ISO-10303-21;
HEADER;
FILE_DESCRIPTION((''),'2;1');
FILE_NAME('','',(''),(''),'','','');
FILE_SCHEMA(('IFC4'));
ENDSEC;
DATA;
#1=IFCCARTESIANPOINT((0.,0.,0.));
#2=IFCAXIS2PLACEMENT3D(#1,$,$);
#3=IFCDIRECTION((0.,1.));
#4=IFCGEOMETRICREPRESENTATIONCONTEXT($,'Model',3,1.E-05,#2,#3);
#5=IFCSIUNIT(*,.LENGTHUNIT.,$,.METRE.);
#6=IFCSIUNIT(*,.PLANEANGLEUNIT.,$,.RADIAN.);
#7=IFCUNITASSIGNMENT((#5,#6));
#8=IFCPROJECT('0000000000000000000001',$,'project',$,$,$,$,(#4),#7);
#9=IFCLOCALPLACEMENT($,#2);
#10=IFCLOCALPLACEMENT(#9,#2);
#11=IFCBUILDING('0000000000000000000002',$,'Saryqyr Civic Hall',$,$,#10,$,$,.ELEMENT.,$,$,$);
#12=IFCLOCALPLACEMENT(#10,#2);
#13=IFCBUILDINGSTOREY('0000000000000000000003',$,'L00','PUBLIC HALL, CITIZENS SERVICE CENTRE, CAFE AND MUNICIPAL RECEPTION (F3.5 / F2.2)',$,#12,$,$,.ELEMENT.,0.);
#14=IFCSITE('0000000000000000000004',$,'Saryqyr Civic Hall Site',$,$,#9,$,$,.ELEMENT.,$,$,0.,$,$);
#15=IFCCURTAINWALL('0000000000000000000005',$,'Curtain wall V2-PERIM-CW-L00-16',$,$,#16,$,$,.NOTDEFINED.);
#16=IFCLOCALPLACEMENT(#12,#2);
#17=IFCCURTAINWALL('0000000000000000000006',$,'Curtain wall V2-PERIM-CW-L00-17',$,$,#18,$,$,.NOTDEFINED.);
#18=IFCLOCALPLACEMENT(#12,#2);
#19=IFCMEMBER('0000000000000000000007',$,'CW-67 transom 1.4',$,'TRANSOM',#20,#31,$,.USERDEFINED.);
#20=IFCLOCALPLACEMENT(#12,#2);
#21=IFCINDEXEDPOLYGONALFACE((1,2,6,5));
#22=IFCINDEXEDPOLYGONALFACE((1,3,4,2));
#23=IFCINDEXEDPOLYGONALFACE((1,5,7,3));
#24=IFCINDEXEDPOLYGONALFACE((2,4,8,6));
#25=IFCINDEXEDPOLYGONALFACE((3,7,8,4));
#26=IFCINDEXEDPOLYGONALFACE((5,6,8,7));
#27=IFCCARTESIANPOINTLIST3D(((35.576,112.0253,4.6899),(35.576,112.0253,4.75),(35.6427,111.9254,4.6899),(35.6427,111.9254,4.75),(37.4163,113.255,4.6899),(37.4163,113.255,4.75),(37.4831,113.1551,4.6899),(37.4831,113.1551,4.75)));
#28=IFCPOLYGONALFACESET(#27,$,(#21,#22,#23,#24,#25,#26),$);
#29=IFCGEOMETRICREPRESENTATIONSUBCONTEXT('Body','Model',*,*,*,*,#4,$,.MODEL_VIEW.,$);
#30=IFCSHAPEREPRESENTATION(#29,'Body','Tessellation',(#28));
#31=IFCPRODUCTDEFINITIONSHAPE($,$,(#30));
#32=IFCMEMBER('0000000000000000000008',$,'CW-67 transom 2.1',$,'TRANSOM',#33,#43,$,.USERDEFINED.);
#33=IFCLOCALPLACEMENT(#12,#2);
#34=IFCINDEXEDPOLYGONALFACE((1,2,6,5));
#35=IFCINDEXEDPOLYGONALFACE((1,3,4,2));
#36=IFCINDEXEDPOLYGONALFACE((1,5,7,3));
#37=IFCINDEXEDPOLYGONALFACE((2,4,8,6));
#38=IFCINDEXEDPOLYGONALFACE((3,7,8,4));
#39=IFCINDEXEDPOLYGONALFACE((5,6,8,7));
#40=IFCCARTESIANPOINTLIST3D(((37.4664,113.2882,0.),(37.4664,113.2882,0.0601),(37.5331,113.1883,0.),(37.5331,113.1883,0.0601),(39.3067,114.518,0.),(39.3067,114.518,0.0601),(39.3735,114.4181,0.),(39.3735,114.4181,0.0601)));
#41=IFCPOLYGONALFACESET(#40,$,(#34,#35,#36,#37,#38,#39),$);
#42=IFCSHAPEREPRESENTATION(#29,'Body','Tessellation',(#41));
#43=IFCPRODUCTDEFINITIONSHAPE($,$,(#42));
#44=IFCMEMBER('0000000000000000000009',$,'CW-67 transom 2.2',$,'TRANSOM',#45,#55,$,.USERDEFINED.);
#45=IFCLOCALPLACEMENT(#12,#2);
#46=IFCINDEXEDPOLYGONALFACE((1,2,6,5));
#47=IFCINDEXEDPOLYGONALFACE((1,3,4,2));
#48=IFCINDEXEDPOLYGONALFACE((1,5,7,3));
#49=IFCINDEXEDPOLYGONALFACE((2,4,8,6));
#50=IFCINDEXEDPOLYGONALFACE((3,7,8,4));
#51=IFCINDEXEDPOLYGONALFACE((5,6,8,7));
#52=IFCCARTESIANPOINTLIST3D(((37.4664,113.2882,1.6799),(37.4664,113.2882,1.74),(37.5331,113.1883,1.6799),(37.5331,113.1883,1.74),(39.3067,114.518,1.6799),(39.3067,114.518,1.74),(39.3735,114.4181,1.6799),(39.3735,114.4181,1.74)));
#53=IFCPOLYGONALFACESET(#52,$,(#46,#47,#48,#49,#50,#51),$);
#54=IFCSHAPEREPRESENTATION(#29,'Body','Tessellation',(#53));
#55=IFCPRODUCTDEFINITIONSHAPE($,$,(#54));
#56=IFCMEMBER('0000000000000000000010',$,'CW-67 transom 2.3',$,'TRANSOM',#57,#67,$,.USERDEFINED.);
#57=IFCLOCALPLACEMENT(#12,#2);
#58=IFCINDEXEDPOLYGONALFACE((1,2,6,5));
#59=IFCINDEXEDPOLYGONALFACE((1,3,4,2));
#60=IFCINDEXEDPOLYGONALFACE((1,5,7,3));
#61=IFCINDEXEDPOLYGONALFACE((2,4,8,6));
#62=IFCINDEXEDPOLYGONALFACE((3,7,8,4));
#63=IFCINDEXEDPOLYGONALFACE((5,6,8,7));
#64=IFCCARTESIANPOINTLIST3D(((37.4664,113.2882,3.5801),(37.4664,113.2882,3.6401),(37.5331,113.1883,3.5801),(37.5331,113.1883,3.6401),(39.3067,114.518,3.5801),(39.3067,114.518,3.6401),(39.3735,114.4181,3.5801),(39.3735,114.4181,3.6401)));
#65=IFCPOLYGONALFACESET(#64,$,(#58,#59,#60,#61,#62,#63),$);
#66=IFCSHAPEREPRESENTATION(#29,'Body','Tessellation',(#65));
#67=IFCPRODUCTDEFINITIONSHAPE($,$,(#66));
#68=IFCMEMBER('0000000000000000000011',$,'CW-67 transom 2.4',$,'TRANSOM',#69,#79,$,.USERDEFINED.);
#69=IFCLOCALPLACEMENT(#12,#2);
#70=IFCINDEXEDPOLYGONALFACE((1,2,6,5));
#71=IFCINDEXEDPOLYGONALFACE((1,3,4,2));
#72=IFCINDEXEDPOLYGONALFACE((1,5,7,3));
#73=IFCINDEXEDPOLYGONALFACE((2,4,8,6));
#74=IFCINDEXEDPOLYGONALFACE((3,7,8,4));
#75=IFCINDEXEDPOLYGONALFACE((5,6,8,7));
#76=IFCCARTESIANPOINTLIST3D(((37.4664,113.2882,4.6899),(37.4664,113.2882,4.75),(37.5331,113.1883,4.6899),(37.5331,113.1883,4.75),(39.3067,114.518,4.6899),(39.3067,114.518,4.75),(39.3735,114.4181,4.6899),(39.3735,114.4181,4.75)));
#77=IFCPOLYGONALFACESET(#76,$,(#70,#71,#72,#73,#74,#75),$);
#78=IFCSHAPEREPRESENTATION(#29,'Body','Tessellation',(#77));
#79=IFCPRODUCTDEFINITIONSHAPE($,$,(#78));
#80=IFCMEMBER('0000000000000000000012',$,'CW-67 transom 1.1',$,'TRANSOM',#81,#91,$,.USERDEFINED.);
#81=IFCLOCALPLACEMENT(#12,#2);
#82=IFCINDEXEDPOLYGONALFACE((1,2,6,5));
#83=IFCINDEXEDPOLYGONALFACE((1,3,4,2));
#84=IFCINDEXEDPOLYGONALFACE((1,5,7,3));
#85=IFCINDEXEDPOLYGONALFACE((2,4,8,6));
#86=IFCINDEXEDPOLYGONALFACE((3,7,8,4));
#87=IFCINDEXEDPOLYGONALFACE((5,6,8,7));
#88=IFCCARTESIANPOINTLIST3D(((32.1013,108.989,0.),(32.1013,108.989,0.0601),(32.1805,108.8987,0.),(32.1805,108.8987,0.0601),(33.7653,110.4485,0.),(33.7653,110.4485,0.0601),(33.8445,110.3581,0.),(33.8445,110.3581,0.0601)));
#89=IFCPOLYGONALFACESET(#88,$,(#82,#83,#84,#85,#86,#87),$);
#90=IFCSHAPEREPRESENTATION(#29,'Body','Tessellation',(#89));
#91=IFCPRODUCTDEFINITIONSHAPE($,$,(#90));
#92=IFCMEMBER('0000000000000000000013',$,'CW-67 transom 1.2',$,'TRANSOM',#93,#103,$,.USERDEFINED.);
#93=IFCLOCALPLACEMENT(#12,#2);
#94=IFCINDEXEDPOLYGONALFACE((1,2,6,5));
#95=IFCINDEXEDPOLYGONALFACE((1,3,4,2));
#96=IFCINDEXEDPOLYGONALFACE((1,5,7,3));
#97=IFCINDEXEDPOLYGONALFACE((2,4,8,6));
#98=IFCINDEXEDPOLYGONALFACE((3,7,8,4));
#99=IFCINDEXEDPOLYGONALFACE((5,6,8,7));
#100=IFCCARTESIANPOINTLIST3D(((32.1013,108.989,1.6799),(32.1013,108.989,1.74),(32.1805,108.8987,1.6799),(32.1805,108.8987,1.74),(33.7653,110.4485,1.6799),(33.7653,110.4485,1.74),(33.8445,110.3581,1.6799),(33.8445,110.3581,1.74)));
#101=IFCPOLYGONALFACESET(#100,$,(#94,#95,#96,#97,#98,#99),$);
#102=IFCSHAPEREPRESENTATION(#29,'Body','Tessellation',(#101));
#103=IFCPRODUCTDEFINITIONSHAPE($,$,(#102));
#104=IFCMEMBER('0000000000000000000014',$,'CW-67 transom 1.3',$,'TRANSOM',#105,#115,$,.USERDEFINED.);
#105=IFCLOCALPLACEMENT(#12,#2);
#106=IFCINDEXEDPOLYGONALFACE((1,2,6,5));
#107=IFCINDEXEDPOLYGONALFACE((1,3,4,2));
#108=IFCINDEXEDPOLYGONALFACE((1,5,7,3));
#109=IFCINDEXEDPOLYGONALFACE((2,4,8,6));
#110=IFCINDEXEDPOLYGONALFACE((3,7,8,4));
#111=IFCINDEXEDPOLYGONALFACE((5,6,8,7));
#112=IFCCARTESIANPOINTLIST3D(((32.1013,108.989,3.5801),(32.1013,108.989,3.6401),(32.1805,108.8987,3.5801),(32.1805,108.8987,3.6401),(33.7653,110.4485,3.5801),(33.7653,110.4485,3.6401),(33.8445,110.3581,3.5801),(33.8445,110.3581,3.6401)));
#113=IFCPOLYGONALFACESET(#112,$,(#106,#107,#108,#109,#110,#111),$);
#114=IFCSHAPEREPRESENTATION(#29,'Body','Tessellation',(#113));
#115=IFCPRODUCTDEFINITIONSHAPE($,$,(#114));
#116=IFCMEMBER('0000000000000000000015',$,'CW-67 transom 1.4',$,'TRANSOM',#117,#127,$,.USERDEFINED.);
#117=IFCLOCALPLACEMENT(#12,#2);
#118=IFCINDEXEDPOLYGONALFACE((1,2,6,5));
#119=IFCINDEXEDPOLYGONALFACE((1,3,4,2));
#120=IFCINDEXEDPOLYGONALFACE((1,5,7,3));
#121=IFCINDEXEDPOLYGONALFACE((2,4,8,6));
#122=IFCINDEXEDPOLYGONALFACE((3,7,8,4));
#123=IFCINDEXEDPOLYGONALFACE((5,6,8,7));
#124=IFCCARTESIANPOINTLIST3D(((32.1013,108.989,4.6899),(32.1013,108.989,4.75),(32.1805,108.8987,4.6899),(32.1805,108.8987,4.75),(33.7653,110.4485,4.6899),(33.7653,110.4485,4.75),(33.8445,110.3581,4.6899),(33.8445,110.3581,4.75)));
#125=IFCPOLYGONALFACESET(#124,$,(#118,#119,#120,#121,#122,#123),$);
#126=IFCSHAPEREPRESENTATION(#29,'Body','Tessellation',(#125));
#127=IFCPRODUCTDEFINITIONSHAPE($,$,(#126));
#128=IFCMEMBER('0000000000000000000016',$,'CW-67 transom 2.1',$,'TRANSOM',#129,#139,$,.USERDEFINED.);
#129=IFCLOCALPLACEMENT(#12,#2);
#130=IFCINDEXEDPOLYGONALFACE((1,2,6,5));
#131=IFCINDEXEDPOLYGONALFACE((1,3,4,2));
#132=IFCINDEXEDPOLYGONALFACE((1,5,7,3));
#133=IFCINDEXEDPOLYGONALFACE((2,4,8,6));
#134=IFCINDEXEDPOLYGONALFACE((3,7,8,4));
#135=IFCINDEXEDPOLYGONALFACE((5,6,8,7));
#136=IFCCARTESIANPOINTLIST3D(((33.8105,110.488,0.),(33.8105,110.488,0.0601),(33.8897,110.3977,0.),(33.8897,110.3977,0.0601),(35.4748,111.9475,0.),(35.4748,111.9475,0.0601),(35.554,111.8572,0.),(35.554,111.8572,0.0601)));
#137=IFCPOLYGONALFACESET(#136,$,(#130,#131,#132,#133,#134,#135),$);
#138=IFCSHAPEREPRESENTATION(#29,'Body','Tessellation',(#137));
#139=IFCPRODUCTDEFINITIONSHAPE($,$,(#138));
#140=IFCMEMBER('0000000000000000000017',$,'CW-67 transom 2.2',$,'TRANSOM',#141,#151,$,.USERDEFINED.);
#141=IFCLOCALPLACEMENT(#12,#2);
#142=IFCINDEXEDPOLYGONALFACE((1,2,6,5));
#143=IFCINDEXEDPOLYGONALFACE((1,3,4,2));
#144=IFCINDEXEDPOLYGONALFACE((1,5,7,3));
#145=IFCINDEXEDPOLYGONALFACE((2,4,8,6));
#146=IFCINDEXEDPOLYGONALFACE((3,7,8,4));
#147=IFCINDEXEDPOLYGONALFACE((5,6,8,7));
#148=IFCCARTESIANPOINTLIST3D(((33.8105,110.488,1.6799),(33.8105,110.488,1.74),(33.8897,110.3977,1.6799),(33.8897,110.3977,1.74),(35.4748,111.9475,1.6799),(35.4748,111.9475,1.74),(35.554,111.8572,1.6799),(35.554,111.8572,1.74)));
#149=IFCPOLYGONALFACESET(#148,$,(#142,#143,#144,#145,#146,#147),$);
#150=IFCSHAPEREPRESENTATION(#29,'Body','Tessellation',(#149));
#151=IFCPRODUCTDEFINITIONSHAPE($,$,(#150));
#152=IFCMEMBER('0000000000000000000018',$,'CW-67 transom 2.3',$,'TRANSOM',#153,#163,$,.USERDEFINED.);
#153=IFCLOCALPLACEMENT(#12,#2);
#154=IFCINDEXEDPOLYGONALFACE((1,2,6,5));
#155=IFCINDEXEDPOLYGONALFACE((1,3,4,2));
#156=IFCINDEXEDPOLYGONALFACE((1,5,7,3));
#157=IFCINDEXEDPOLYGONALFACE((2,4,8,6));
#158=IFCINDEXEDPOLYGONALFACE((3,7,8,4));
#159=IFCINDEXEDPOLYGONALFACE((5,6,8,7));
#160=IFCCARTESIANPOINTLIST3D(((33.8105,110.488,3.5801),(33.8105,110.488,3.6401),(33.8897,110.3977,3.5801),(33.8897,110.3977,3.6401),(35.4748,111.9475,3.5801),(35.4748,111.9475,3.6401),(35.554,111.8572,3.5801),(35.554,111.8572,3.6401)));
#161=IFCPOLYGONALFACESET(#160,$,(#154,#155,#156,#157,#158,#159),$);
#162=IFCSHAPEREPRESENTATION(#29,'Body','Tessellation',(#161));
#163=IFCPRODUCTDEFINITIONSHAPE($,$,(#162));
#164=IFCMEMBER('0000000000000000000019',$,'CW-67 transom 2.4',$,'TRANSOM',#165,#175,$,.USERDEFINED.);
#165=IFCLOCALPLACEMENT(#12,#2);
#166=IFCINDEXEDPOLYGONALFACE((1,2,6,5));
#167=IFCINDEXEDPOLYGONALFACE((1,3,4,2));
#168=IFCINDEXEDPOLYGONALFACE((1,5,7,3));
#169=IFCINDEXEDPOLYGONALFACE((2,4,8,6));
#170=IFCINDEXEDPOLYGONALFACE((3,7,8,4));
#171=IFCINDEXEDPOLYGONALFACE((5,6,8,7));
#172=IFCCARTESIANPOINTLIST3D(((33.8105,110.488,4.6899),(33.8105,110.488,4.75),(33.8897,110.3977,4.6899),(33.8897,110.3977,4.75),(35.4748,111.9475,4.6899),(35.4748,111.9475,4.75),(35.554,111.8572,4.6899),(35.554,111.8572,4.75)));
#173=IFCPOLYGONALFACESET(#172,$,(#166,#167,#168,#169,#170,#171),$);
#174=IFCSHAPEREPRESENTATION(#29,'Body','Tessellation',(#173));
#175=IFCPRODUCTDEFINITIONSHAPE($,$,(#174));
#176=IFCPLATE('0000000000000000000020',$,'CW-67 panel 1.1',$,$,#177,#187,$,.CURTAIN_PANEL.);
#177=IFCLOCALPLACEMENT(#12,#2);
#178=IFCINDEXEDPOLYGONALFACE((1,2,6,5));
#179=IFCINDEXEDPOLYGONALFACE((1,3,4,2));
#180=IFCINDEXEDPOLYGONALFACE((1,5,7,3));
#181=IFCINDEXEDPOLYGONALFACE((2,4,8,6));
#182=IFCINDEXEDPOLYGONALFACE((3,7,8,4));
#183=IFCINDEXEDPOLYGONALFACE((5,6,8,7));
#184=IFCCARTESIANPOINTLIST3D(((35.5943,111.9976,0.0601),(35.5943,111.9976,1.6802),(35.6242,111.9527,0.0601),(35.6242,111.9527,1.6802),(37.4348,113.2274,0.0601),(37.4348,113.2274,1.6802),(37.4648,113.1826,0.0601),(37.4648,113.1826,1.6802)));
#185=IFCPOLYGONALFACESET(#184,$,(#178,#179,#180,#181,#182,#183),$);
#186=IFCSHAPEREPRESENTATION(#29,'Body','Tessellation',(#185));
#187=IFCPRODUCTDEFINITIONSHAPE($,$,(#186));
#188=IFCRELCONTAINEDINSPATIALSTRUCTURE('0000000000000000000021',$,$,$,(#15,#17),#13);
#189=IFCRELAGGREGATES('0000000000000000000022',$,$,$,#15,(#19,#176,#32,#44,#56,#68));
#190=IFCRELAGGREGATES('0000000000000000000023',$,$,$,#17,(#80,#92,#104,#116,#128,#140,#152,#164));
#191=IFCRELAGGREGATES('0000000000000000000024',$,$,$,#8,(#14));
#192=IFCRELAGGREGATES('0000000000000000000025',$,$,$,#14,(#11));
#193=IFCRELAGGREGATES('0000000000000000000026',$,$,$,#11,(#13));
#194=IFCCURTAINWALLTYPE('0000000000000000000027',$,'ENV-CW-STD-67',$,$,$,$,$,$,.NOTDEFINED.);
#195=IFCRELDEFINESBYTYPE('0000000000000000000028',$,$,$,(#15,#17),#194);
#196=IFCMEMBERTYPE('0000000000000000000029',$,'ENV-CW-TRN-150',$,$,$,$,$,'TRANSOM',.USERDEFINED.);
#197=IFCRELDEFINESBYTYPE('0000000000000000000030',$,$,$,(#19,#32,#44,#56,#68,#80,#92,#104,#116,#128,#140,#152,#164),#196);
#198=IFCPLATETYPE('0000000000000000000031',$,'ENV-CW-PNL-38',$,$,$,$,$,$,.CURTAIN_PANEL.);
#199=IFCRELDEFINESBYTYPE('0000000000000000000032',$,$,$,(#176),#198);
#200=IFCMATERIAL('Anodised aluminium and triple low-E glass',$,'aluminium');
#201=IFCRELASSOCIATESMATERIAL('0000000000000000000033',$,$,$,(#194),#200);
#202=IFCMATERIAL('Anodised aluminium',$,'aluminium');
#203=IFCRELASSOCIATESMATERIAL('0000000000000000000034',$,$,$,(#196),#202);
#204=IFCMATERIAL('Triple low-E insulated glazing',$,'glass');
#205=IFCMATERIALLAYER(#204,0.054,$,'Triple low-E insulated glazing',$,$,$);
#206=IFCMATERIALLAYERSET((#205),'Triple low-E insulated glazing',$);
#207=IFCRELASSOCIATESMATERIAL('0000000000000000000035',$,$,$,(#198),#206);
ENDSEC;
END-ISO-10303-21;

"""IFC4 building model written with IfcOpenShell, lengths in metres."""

from ifc_helpers import new_model, si_unit, direction, frame, origin, origin_2d, place, context, subcontext, project, spatial, rectangle, extrude, material, layer, layer_set, material_profile, profile_set, type_object, element, aggregate, save


model = new_model("IFC4")

# Units and contexts
model_context = context("Model", 3, precision=1e-05, world=origin(), true_north=direction((0.0, 1.0)))
body_context = subcontext(model_context, "Body", "Model", "MODEL_VIEW")
ifc_project = project(units=[si_unit("LENGTHUNIT", "METRE"), si_unit("PLANEANGLEUNIT", "RADIAN")], contexts=[model_context])

# Site, building, storey
site_placement = place(None, origin())
site = spatial("IfcSite", under=ifc_project, at=site_placement, Name="Saryqyr Civic Hall Site", CompositionType="ELEMENT", RefElevation=0.0)
building_placement = place(site_placement, origin())
building = spatial("IfcBuilding", under=site, at=building_placement, Name="Saryqyr Civic Hall", CompositionType="ELEMENT")
storey_placement = place(building_placement, origin())
storey = spatial("IfcBuildingStorey", under=building, at=storey_placement, Name="L00", Description="PUBLIC HALL, CITIZENS SERVICE CENTRE, CAFE AND MUNICIPAL RECEPTION (F3.5 / F2.2)", CompositionType="ELEMENT", Elevation=0.0)

# Shared definitions
ifc_material_1 = material(Name="Anodised aluminium and triple low-E glass", Category="aluminium")
curtain_wall_type_1 = type_object("IfcCurtainWallType", Name="ENV-CW-STD-67", PredefinedType="NOTDEFINED", material=ifc_material_1)
ifc_material_2 = material(Name="Anodised aluminium", Category="aluminium")

# Curtain walls
curtain_wall_1_placement = place(storey_placement, origin())
curtain_wall_1 = element("IfcCurtainWall", 1, at=curtain_wall_1_placement, inside=storey, type_object=curtain_wall_type_1, Name="Curtain wall V2-PERIM-CW-L00-16", PredefinedType="NOTDEFINED")
curtain_wall_2_placement = place(storey_placement, origin())
curtain_wall_2 = element("IfcCurtainWall", 2, at=curtain_wall_2_placement, inside=storey, type_object=curtain_wall_type_1, Name="Curtain wall V2-PERIM-CW-L00-17", PredefinedType="NOTDEFINED")

# Members
ifc_material_profile_1 = material_profile(ifc_material_2, rectangle(XDim=0.1201, YDim=0.0601, at=origin_2d()), Name="ALU TRANSOM 120x60")
ifc_profile_set_1 = profile_set([ifc_material_profile_1], Name="Anodised aluminium")
member_type_1 = type_object("IfcMemberType", Name="ENV-CW-TRN-150", ElementType="TRANSOM", PredefinedType="USERDEFINED", material=ifc_profile_set_1)
member_1_placement = place(storey_placement, frame((35.6094, 111.9753, 4.72), z_axis=(0.831456, 0.555591, 0.0), x_axis=(-0.555591, 0.831456, 0.0)))
member_1 = element("IfcMember", 3, at=member_1_placement, type_object=member_type_1, Name="CW-67 transom 1.4", ObjectType="TRANSOM", PredefinedType="USERDEFINED", context=body_context, shape_type="SweptSolid", body=[
    extrude(rectangle(XDim=0.1201, YDim=0.0601, at=origin_2d()), origin(), (0.0, 0.0, 1.0), 2.2134),
])
member_2_placement = place(storey_placement, frame((37.4998, 113.2383, 0.03), z_axis=(0.831456, 0.555591, 0.0), x_axis=(-0.555591, 0.831456, 0.0)))
member_2 = element("IfcMember", 4, at=member_2_placement, type_object=member_type_1, Name="CW-67 transom 2.1", ObjectType="TRANSOM", PredefinedType="USERDEFINED", context=body_context, shape_type="SweptSolid", body=[
    extrude(rectangle(XDim=0.1201, YDim=0.0601, at=origin_2d()), origin(), (0.0, 0.0, 1.0), 2.2134),
])
member_3_placement = place(storey_placement, frame((37.4998, 113.2383, 1.71), z_axis=(0.831456, 0.555591, 0.0), x_axis=(-0.555591, 0.831456, 0.0)))
member_3 = element("IfcMember", 5, at=member_3_placement, type_object=member_type_1, Name="CW-67 transom 2.2", ObjectType="TRANSOM", PredefinedType="USERDEFINED", context=body_context, shape_type="SweptSolid", body=[
    extrude(rectangle(XDim=0.1201, YDim=0.0601, at=origin_2d()), origin(), (0.0, 0.0, 1.0), 2.2134),
])
member_4_placement = place(storey_placement, frame((37.4998, 113.2383, 3.6101), z_axis=(0.831456, 0.555591, 0.0), x_axis=(-0.555591, 0.831456, 0.0)))
member_4 = element("IfcMember", 6, at=member_4_placement, type_object=member_type_1, Name="CW-67 transom 2.3", ObjectType="TRANSOM", PredefinedType="USERDEFINED", context=body_context, shape_type="SweptSolid", body=[
    extrude(rectangle(XDim=0.1201, YDim=0.0601, at=origin_2d()), origin(), (0.0, 0.0, 1.0), 2.2134),
])
member_5_placement = place(storey_placement, frame((37.4998, 113.2383, 4.72), z_axis=(0.831456, 0.555591, 0.0), x_axis=(-0.555591, 0.831456, 0.0)))
member_5 = element("IfcMember", 7, at=member_5_placement, type_object=member_type_1, Name="CW-67 transom 2.4", ObjectType="TRANSOM", PredefinedType="USERDEFINED", context=body_context, shape_type="SweptSolid", body=[
    extrude(rectangle(XDim=0.1201, YDim=0.0601, at=origin_2d()), origin(), (0.0, 0.0, 1.0), 2.2134),
])
member_6_placement = place(storey_placement, frame((32.1409, 108.9438, 0.03), z_axis=(0.751811, 0.659379, 0.0), x_axis=(-0.659379, 0.751811, 0.0)))
member_6 = element("IfcMember", 8, at=member_6_placement, type_object=member_type_1, Name="CW-67 transom 1.1", ObjectType="TRANSOM", PredefinedType="USERDEFINED", context=body_context, shape_type="SweptSolid", body=[
    extrude(rectangle(XDim=0.1201, YDim=0.0601, at=origin_2d()), origin(), (0.0, 0.0, 1.0), 2.2134),
])
member_7_placement = place(storey_placement, frame((32.1409, 108.9438, 1.71), z_axis=(0.751811, 0.659379, 0.0), x_axis=(-0.659379, 0.751811, 0.0)))
member_7 = element("IfcMember", 9, at=member_7_placement, type_object=member_type_1, Name="CW-67 transom 1.2", ObjectType="TRANSOM", PredefinedType="USERDEFINED", context=body_context, shape_type="SweptSolid", body=[
    extrude(rectangle(XDim=0.1201, YDim=0.0601, at=origin_2d()), origin(), (0.0, 0.0, 1.0), 2.2134),
])
member_8_placement = place(storey_placement, frame((32.1409, 108.9438, 3.6101), z_axis=(0.751811, 0.659379, 0.0), x_axis=(-0.659379, 0.751811, 0.0)))
member_8 = element("IfcMember", 10, at=member_8_placement, type_object=member_type_1, Name="CW-67 transom 1.3", ObjectType="TRANSOM", PredefinedType="USERDEFINED", context=body_context, shape_type="SweptSolid", body=[
    extrude(rectangle(XDim=0.1201, YDim=0.0601, at=origin_2d()), origin(), (0.0, 0.0, 1.0), 2.2134),
])
member_9_placement = place(storey_placement, frame((32.1409, 108.9438, 4.72), z_axis=(0.751811, 0.659379, 0.0), x_axis=(-0.659379, 0.751811, 0.0)))
member_9 = element("IfcMember", 11, at=member_9_placement, type_object=member_type_1, Name="CW-67 transom 1.4", ObjectType="TRANSOM", PredefinedType="USERDEFINED", context=body_context, shape_type="SweptSolid", body=[
    extrude(rectangle(XDim=0.1201, YDim=0.0601, at=origin_2d()), origin(), (0.0, 0.0, 1.0), 2.2134),
])
member_10_placement = place(storey_placement, frame((33.8501, 110.4429, 0.03), z_axis=(0.751859, 0.659324, 0.0), x_axis=(-0.659324, 0.751859, 0.0)))
member_10 = element("IfcMember", 12, at=member_10_placement, type_object=member_type_1, Name="CW-67 transom 2.1", ObjectType="TRANSOM", PredefinedType="USERDEFINED", context=body_context, shape_type="SweptSolid", body=[
    extrude(rectangle(XDim=0.1201, YDim=0.0601, at=origin_2d()), origin(), (0.0, 0.0, 1.0), 2.2136),
])
member_11_placement = place(storey_placement, frame((33.8501, 110.4429, 1.71), z_axis=(0.751859, 0.659324, 0.0), x_axis=(-0.659324, 0.751859, 0.0)))
member_11 = element("IfcMember", 13, at=member_11_placement, type_object=member_type_1, Name="CW-67 transom 2.2", ObjectType="TRANSOM", PredefinedType="USERDEFINED", context=body_context, shape_type="SweptSolid", body=[
    extrude(rectangle(XDim=0.1201, YDim=0.0601, at=origin_2d()), origin(), (0.0, 0.0, 1.0), 2.2136),
])
member_12_placement = place(storey_placement, frame((33.8501, 110.4429, 3.6101), z_axis=(0.751859, 0.659324, 0.0), x_axis=(-0.659324, 0.751859, 0.0)))
member_12 = element("IfcMember", 14, at=member_12_placement, type_object=member_type_1, Name="CW-67 transom 2.3", ObjectType="TRANSOM", PredefinedType="USERDEFINED", context=body_context, shape_type="SweptSolid", body=[
    extrude(rectangle(XDim=0.1201, YDim=0.0601, at=origin_2d()), origin(), (0.0, 0.0, 1.0), 2.2136),
])
member_13_placement = place(storey_placement, frame((33.8501, 110.4429, 4.72), z_axis=(0.751859, 0.659324, 0.0), x_axis=(-0.659324, 0.751859, 0.0)))
member_13 = element("IfcMember", 15, at=member_13_placement, type_object=member_type_1, Name="CW-67 transom 2.4", ObjectType="TRANSOM", PredefinedType="USERDEFINED", context=body_context, shape_type="SweptSolid", body=[
    extrude(rectangle(XDim=0.1201, YDim=0.0601, at=origin_2d()), origin(), (0.0, 0.0, 1.0), 2.2136),
])

# Plate
ifc_material_3 = material(Name="Triple low-E insulated glazing", Category="glass")
ifc_layer = layer(ifc_material_3, 0.054, Name="Triple low-E insulated glazing")
ifc_layer_set = layer_set([ifc_layer], Name="Triple low-E insulated glazing")
plate_type = type_object("IfcPlateType", Name="ENV-CW-PNL-38", PredefinedType="CURTAIN_PANEL", material=ifc_layer_set)
plate_1_placement = place(storey_placement, frame((36.5295, 112.5901, 0.0601), z_axis=(0.0, 0.0, 1.0), x_axis=(0.831472, 0.555566, 0.0)))
plate_1 = element("IfcPlate", 16, at=plate_1_placement, type_object=plate_type, Name="CW-67 panel 1.1", PredefinedType="CURTAIN_PANEL", context=body_context, shape_type="SweptSolid", body=[
    extrude(rectangle(XDim=2.2136, YDim=0.054, at=origin_2d()), origin(), (0.0, 0.0, 1.0), 1.6201),
])
aggregate(curtain_wall_1, [member_1, plate_1, member_2, member_3, member_4, member_5])
aggregate(curtain_wall_2, [member_6, member_7, member_8, member_9, member_10, member_11, member_12, member_13])

save(model, "model.ifc")
